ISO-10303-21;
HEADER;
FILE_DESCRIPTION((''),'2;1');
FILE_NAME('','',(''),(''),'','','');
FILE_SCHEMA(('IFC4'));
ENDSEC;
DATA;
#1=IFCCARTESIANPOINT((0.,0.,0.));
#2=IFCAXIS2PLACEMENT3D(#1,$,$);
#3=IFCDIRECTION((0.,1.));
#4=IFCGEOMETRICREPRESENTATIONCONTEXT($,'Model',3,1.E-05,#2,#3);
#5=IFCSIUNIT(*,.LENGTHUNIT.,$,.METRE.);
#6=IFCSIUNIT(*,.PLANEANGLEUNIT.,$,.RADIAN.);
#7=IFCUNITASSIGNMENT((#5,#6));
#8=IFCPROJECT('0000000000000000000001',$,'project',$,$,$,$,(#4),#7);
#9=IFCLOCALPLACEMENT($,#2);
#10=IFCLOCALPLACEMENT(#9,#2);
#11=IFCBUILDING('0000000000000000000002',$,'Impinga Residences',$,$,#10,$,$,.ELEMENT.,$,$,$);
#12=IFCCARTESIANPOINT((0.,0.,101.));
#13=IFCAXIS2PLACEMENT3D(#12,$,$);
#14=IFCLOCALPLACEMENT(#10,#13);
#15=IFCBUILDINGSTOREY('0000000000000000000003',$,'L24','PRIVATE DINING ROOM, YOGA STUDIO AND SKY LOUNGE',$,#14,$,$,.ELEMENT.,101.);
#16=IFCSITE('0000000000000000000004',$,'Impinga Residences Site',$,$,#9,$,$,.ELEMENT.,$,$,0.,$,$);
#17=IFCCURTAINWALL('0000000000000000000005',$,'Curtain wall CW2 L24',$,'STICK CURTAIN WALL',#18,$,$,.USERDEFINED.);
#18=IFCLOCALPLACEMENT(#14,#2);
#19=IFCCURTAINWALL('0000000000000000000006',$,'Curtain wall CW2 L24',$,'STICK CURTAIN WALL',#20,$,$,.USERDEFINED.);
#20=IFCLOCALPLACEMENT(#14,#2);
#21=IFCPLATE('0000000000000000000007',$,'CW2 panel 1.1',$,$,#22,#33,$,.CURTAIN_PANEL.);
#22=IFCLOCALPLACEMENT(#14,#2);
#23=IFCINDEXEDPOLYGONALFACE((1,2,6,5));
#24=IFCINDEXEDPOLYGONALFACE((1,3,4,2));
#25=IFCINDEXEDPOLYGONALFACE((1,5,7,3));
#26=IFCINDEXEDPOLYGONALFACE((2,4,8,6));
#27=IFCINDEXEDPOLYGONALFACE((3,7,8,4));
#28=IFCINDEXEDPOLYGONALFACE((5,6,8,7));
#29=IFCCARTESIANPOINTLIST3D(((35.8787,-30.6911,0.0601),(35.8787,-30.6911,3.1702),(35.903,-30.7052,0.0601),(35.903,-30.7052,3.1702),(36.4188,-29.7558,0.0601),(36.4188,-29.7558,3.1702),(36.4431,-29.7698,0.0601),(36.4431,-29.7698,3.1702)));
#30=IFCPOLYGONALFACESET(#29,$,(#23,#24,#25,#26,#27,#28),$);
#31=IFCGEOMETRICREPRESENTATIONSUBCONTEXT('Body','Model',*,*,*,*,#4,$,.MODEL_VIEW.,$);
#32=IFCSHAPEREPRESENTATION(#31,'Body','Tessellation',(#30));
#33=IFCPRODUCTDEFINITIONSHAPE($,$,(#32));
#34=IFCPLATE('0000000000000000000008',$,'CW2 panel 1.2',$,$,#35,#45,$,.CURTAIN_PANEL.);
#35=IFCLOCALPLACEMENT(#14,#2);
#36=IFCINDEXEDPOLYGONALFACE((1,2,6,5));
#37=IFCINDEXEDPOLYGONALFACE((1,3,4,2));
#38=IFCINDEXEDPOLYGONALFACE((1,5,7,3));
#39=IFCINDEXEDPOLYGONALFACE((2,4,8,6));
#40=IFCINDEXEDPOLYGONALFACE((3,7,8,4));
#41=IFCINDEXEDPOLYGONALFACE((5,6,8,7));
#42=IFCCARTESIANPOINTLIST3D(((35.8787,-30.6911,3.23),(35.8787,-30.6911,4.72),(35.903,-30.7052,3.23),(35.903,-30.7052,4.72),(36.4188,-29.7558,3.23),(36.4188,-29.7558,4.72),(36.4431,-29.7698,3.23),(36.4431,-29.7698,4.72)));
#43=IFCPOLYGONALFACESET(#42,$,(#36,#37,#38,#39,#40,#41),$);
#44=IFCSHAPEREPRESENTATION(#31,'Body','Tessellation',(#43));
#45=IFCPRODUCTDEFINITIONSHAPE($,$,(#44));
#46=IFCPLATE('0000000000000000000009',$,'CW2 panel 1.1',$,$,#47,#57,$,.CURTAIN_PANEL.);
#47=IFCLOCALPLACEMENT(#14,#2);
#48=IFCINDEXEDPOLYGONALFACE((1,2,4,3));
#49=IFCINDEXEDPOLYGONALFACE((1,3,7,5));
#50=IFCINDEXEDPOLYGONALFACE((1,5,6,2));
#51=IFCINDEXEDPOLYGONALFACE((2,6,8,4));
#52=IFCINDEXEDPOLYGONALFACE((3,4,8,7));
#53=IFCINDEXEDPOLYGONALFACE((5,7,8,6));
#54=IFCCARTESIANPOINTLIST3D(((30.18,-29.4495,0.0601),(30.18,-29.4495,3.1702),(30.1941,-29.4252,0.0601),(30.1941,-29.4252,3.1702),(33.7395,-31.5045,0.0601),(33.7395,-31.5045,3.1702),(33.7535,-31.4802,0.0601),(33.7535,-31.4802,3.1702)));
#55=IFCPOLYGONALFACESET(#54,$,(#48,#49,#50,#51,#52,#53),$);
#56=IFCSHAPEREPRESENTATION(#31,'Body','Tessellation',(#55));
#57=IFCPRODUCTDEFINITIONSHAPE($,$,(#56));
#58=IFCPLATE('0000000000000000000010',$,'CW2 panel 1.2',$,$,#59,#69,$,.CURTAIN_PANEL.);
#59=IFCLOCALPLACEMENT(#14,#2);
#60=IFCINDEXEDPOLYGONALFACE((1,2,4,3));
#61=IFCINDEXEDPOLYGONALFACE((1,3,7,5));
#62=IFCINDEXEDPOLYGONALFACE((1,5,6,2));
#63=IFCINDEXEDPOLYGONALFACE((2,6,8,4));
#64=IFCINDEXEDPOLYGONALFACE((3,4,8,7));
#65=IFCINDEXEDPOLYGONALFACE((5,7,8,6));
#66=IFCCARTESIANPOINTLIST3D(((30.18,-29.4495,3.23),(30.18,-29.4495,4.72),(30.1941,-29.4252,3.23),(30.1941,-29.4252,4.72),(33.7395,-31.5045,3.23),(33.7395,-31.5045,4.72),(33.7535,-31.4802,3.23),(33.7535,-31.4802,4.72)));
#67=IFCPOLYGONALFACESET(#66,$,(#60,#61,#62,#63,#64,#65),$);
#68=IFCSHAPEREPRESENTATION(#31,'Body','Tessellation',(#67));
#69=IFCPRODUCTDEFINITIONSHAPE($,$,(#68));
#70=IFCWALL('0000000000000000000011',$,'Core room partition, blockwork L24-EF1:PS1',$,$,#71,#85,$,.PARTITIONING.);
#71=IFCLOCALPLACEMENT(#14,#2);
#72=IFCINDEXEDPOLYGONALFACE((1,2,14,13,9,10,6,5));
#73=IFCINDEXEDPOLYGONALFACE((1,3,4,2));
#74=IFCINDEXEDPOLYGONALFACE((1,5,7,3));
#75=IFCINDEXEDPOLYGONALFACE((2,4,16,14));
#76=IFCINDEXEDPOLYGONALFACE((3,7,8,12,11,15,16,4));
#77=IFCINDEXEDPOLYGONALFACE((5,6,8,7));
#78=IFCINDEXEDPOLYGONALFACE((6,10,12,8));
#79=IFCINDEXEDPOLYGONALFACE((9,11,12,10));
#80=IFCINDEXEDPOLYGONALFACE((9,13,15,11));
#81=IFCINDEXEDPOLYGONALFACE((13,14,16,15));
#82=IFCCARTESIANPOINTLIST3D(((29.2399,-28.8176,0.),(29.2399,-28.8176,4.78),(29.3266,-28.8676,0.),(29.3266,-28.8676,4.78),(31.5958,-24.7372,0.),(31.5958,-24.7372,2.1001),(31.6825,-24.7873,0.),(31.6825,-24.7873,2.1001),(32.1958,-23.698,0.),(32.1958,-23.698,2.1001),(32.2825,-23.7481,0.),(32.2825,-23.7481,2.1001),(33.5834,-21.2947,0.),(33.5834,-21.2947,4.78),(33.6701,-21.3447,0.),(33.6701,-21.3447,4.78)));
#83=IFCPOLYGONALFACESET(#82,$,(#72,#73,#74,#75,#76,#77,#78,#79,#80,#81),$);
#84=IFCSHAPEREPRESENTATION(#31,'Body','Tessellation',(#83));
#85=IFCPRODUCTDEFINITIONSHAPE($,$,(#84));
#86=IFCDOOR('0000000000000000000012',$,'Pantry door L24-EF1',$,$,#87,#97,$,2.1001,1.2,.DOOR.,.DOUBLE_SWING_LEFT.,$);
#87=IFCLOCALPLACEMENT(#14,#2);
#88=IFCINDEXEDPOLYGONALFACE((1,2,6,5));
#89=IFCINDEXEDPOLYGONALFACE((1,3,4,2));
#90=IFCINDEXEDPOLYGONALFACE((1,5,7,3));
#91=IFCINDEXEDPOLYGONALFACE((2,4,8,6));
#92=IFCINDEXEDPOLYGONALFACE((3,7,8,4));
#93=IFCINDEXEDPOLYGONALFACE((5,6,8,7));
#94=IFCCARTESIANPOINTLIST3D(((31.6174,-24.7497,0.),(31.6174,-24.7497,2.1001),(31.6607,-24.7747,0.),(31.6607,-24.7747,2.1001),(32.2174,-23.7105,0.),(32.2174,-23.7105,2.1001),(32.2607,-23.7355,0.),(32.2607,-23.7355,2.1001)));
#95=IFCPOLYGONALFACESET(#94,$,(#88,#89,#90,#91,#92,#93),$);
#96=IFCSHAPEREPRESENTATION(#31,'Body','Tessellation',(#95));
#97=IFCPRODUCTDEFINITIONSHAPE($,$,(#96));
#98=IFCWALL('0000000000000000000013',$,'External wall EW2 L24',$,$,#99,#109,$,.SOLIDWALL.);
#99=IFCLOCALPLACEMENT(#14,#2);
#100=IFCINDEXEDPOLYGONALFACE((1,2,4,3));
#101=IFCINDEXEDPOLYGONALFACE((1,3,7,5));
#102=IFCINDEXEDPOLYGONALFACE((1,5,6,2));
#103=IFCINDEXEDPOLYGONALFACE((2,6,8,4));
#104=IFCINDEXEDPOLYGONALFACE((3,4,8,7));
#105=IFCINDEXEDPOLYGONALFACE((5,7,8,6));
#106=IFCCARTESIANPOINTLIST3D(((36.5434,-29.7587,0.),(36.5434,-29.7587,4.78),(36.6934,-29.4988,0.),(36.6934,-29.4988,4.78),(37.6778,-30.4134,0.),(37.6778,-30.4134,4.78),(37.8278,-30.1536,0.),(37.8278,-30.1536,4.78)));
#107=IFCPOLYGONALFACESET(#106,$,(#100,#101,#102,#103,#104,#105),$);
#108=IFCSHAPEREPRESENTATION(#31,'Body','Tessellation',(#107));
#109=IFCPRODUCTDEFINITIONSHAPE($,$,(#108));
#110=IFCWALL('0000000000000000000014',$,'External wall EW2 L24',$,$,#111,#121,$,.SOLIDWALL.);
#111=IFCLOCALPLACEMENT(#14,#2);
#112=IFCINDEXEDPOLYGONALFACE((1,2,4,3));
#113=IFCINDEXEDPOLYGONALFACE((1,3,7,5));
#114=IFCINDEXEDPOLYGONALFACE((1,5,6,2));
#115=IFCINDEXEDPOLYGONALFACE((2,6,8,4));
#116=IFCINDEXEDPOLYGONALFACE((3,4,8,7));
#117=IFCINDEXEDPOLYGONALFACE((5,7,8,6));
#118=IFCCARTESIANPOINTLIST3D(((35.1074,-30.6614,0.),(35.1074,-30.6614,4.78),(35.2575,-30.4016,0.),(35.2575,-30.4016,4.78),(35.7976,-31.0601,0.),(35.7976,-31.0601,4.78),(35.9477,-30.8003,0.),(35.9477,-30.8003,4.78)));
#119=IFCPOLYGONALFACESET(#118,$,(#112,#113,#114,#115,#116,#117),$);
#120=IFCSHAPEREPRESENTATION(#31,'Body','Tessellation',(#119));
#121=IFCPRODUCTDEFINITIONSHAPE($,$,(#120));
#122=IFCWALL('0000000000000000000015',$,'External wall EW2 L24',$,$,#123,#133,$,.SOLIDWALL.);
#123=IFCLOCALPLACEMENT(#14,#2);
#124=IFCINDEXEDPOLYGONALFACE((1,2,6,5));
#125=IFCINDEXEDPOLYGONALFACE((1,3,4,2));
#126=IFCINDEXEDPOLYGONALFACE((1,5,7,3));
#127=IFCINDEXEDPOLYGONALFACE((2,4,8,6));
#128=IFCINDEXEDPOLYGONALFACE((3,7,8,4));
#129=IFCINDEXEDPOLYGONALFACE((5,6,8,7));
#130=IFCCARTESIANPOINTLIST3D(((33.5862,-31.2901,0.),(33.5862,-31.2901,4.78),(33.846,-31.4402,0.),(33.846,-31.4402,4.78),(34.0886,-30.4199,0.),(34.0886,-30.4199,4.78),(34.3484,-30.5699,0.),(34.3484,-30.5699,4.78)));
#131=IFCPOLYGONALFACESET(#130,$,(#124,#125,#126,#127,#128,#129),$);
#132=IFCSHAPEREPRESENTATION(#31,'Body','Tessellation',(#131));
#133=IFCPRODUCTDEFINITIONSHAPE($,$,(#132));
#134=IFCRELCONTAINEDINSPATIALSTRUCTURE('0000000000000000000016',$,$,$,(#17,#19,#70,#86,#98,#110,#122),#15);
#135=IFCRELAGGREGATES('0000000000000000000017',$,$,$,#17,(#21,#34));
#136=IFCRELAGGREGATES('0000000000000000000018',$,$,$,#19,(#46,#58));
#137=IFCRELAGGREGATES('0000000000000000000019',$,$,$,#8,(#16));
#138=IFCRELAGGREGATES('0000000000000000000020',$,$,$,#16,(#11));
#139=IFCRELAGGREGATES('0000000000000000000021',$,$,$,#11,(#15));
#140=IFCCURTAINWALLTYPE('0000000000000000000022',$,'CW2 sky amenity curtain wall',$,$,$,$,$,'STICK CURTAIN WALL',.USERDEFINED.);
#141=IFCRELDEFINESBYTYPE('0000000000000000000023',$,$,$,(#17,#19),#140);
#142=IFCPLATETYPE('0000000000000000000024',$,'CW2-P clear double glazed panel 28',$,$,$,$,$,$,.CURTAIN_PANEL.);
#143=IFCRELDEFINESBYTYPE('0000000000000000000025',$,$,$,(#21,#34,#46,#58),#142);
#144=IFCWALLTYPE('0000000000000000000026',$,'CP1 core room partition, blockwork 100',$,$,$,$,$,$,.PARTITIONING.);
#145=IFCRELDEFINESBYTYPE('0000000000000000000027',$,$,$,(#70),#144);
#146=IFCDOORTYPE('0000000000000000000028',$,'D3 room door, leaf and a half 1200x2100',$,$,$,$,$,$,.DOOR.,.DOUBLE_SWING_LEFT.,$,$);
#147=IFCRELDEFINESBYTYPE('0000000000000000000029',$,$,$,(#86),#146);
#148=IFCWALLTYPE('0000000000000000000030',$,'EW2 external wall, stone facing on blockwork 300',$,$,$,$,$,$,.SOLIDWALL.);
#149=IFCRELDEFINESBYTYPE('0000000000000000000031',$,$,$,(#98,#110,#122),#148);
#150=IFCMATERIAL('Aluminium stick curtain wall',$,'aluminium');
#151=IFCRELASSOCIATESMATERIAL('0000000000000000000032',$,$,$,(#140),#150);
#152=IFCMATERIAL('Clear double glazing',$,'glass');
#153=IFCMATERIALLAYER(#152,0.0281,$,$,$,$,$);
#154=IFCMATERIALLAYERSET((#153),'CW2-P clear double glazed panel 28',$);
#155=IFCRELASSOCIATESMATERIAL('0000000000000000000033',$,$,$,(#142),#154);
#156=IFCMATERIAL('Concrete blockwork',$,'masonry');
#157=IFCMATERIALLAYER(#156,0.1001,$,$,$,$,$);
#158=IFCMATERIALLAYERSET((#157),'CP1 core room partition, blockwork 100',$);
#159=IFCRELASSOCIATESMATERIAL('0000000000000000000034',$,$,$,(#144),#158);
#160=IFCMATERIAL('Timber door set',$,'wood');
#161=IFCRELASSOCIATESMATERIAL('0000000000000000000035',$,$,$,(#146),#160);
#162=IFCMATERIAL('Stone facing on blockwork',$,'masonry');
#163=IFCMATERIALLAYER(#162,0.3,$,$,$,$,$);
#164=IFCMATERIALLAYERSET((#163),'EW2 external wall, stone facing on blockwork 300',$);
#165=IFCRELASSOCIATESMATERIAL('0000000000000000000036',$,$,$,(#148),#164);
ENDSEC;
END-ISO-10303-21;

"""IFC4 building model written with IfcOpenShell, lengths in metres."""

from ifc_helpers import new_model, si_unit, direction, frame, frame_2d, origin, origin_2d, place, context, subcontext, project, spatial, rectangle, extrude, material, layer, layer_set, type_object, element, fill, aggregate, save


model = new_model("IFC4")

# Units and contexts
model_context = context("Model", 3, precision=1e-05, world=origin(), true_north=direction((0.0, 1.0)))
body_context = subcontext(model_context, "Body", "Model", "MODEL_VIEW")
ifc_project = project(units=[si_unit("LENGTHUNIT", "METRE"), si_unit("PLANEANGLEUNIT", "RADIAN")], contexts=[model_context])

# Site, building, storey
site_placement = place(None, origin())
site = spatial("IfcSite", under=ifc_project, at=site_placement, Name="Impinga Residences Site", CompositionType="ELEMENT", RefElevation=0.0)
building_placement = place(site_placement, origin())
building = spatial("IfcBuilding", under=site, at=building_placement, Name="Impinga Residences", CompositionType="ELEMENT")
storey_placement = place(building_placement, frame((0.0, 0.0, 101.0)))
storey = spatial("IfcBuildingStorey", under=building, at=storey_placement, Name="L24", Description="PRIVATE DINING ROOM, YOGA STUDIO AND SKY LOUNGE", CompositionType="ELEMENT", Elevation=101.0)

# Shared definitions
ifc_material_1 = material(Name="Aluminium stick curtain wall", Category="aluminium")
curtain_wall_type = type_object("IfcCurtainWallType", Name="CW2 sky amenity curtain wall", ElementType="STICK CURTAIN WALL", PredefinedType="USERDEFINED", material=ifc_material_1)

# Curtain wall
curtain_wall_1_placement = place(storey_placement, origin())
curtain_wall_1 = element("IfcCurtainWall", 1, at=curtain_wall_1_placement, inside=storey, type_object=curtain_wall_type, Name="Curtain wall CW2 L24", ObjectType="STICK CURTAIN WALL", PredefinedType="USERDEFINED")

# Curtain wall
curtain_wall_2_placement = place(storey_placement, origin())
curtain_wall_2 = element("IfcCurtainWall", 2, at=curtain_wall_2_placement, inside=storey, type_object=curtain_wall_type, Name="Curtain wall CW2 L24", ObjectType="STICK CURTAIN WALL", PredefinedType="USERDEFINED")

# Plates
ifc_material_2 = material(Name="Clear double glazing", Category="glass")
ifc_layer_1 = layer(ifc_material_2, 0.0281)
ifc_layer_set_1 = layer_set([ifc_layer_1], Name="CW2-P clear double glazed panel 28")
plate_type = type_object("IfcPlateType", Name="CW2-P clear double glazed panel 28", PredefinedType="CURTAIN_PANEL", material=ifc_layer_set_1)
plate_1_placement = place(storey_placement, frame((36.1609, -30.2305, 0.0601), z_axis=(0.0, 0.0, 1.0), x_axis=(-0.5, -0.866026, 0.0)))
plate_1 = element("IfcPlate", 3, at=plate_1_placement, type_object=plate_type, Name="CW2 panel 1.1", PredefinedType="CURTAIN_PANEL", context=body_context, shape_type="SweptSolid", body=[
    extrude(rectangle(XDim=1.0801, YDim=0.0281, at=origin_2d()), origin(), (0.0, 0.0, 1.0), 3.1101),
])
plate_2_placement = place(storey_placement, frame((36.1609, -30.2305, 3.23), z_axis=(0.0, 0.0, 1.0), x_axis=(-0.5, -0.866026, 0.0)))
plate_2 = element("IfcPlate", 4, at=plate_2_placement, type_object=plate_type, Name="CW2 panel 1.2", PredefinedType="CURTAIN_PANEL", context=body_context, shape_type="SweptSolid", body=[
    extrude(rectangle(XDim=1.0801, YDim=0.0281, at=origin_2d()), origin(), (0.0, 0.0, 1.0), 1.49),
])
aggregate(curtain_wall_1, [plate_1, plate_2])
plate_3_placement = place(storey_placement, frame((31.9668, -30.4648, 0.0601), z_axis=(0.0, 0.0, 1.0), x_axis=(-0.866025, 0.5, 0.0)))
plate_3 = element("IfcPlate", 5, at=plate_3_placement, type_object=plate_type, Name="CW2 panel 1.1", PredefinedType="CURTAIN_PANEL", context=body_context, shape_type="SweptSolid", body=[
    extrude(rectangle(XDim=4.1101, YDim=0.0281, at=origin_2d()), origin(), (0.0, 0.0, 1.0), 3.1101),
])
plate_4_placement = place(storey_placement, frame((31.9668, -30.4648, 3.23), z_axis=(0.0, 0.0, 1.0), x_axis=(-0.866025, 0.5, 0.0)))
plate_4 = element("IfcPlate", 6, at=plate_4_placement, type_object=plate_type, Name="CW2 panel 1.2", PredefinedType="CURTAIN_PANEL", context=body_context, shape_type="SweptSolid", body=[
    extrude(rectangle(XDim=4.1101, YDim=0.0281, at=origin_2d()), origin(), (0.0, 0.0, 1.0), 1.49),
])
aggregate(curtain_wall_2, [plate_3, plate_4])

# Wall, opening, door
ifc_material_3 = material(Name="Concrete blockwork", Category="masonry")
ifc_layer_2 = layer(ifc_material_3, 0.1001)
ifc_layer_set_2 = layer_set([ifc_layer_2], Name="CP1 core room partition, blockwork 100")
wall_type_1 = type_object("IfcWallType", Name="CP1 core room partition, blockwork 100", PredefinedType="PARTITIONING", material=ifc_layer_set_2)
wall_1_placement = place(storey_placement, frame((33.6267, -21.3198, 0.0), z_axis=(0.0, 0.0, 1.0), x_axis=(-0.500011, -0.866019, 0.0)))
wall_1 = element("IfcWall", 7, at=wall_1_placement, inside=storey, type_object=wall_type_1, Name="Core room partition, blockwork L24-EF1:PS1", PredefinedType="PARTITIONING", context=body_context, shape_type="SweptSolid", body=[
    extrude(rectangle(XDim=8.6868, YDim=0.1001, at=frame_2d((4.3433, 0.0))), origin(), (0.0, 0.0, 1.0), 4.78),
])
opening_placement = place(wall_1_placement, frame((2.7749, 0.0, 0.0)))
opening = element("IfcOpeningElement", 8, at=opening_placement, cuts=wall_1, PredefinedType="OPENING", context=body_context, shape_type="SweptSolid", body=[
    extrude(rectangle(XDim=1.2, YDim=2.1001, at=frame_2d((0.6001, 1.05))), frame((0.0, 0.0601, 0.0), z_axis=(0.0, -1.0, 0.0), x_axis=(1.0, 0.0, 0.0)), (0.0, 0.0, 1.0), 0.1201),
])
ifc_material_4 = material(Name="Timber door set", Category="wood")
door_type = type_object("IfcDoorType", Name="D3 room door, leaf and a half 1200x2100", OperationType="DOUBLE_SWING_LEFT", PredefinedType="DOOR", material=ifc_material_4)
door_placement = place(opening_placement, origin())
door = element("IfcDoor", 9, at=door_placement, inside=storey, type_object=door_type, Name="Pantry door L24-EF1", OperationType="DOUBLE_SWING_LEFT", OverallHeight=2.1001, OverallWidth=1.2, PredefinedType="DOOR", context=body_context, shape_type="SweptSolid", body=[
    extrude(rectangle(XDim=1.2, YDim=2.1001, at=frame_2d((0.6001, 1.05))), frame((0.0, 0.0249, 0.0), z_axis=(0.0, -1.0, 0.0), x_axis=(1.0, 0.0, 0.0)), (0.0, 0.0, 1.0), 0.05),
])
fill(opening, door)

# Walls
ifc_material_5 = material(Name="Stone facing on blockwork", Category="masonry")
ifc_layer_3 = layer(ifc_material_5, 0.3)
ifc_layer_set_3 = layer_set([ifc_layer_3], Name="EW2 external wall, stone facing on blockwork 300")
wall_type_2 = type_object("IfcWallType", Name="EW2 external wall, stone facing on blockwork 300", PredefinedType="SOLIDWALL", material=ifc_layer_set_3)
wall_2_placement = place(storey_placement, frame((37.7527, -30.2834, 0.0), z_axis=(0.0, 0.0, 1.0), x_axis=(-0.866102, 0.499868, 0.0)))
element("IfcWall", 10, at=wall_2_placement, inside=storey, type_object=wall_type_2, Name="External wall EW2 L24", PredefinedType="SOLIDWALL", context=body_context, shape_type="SweptSolid", body=[
    extrude(rectangle(XDim=1.3098, YDim=0.3, at=frame_2d((0.6548, 0.0))), origin(), (0.0, 0.0, 1.0), 4.78),
])
wall_3_placement = place(storey_placement, frame((35.8726, -30.9302, 0.0), z_axis=(0.0, 0.0, 1.0), x_axis=(-0.865915, 0.500191, 0.0)))
element("IfcWall", 11, at=wall_3_placement, inside=storey, type_object=wall_type_2, Name="External wall EW2 L24", PredefinedType="SOLIDWALL", context=body_context, shape_type="SweptSolid", body=[
    extrude(rectangle(XDim=0.7971, YDim=0.3, at=frame_2d((0.3984, 0.0))), origin(), (0.0, 0.0, 1.0), 4.78),
])
wall_4_placement = place(storey_placement, frame((34.2185, -30.4949, 0.0), z_axis=(0.0, 0.0, 1.0), x_axis=(-0.499954, -0.866052, 0.0)))
element("IfcWall", 12, at=wall_4_placement, inside=storey, type_object=wall_type_2, Name="External wall EW2 L24", PredefinedType="SOLIDWALL", context=body_context, shape_type="SweptSolid", body=[
    extrude(rectangle(XDim=1.0049, YDim=0.3, at=frame_2d((0.5024, 0.0))), origin(), (0.0, 0.0, 1.0), 4.78),
])

save(model, "model.ifc")
